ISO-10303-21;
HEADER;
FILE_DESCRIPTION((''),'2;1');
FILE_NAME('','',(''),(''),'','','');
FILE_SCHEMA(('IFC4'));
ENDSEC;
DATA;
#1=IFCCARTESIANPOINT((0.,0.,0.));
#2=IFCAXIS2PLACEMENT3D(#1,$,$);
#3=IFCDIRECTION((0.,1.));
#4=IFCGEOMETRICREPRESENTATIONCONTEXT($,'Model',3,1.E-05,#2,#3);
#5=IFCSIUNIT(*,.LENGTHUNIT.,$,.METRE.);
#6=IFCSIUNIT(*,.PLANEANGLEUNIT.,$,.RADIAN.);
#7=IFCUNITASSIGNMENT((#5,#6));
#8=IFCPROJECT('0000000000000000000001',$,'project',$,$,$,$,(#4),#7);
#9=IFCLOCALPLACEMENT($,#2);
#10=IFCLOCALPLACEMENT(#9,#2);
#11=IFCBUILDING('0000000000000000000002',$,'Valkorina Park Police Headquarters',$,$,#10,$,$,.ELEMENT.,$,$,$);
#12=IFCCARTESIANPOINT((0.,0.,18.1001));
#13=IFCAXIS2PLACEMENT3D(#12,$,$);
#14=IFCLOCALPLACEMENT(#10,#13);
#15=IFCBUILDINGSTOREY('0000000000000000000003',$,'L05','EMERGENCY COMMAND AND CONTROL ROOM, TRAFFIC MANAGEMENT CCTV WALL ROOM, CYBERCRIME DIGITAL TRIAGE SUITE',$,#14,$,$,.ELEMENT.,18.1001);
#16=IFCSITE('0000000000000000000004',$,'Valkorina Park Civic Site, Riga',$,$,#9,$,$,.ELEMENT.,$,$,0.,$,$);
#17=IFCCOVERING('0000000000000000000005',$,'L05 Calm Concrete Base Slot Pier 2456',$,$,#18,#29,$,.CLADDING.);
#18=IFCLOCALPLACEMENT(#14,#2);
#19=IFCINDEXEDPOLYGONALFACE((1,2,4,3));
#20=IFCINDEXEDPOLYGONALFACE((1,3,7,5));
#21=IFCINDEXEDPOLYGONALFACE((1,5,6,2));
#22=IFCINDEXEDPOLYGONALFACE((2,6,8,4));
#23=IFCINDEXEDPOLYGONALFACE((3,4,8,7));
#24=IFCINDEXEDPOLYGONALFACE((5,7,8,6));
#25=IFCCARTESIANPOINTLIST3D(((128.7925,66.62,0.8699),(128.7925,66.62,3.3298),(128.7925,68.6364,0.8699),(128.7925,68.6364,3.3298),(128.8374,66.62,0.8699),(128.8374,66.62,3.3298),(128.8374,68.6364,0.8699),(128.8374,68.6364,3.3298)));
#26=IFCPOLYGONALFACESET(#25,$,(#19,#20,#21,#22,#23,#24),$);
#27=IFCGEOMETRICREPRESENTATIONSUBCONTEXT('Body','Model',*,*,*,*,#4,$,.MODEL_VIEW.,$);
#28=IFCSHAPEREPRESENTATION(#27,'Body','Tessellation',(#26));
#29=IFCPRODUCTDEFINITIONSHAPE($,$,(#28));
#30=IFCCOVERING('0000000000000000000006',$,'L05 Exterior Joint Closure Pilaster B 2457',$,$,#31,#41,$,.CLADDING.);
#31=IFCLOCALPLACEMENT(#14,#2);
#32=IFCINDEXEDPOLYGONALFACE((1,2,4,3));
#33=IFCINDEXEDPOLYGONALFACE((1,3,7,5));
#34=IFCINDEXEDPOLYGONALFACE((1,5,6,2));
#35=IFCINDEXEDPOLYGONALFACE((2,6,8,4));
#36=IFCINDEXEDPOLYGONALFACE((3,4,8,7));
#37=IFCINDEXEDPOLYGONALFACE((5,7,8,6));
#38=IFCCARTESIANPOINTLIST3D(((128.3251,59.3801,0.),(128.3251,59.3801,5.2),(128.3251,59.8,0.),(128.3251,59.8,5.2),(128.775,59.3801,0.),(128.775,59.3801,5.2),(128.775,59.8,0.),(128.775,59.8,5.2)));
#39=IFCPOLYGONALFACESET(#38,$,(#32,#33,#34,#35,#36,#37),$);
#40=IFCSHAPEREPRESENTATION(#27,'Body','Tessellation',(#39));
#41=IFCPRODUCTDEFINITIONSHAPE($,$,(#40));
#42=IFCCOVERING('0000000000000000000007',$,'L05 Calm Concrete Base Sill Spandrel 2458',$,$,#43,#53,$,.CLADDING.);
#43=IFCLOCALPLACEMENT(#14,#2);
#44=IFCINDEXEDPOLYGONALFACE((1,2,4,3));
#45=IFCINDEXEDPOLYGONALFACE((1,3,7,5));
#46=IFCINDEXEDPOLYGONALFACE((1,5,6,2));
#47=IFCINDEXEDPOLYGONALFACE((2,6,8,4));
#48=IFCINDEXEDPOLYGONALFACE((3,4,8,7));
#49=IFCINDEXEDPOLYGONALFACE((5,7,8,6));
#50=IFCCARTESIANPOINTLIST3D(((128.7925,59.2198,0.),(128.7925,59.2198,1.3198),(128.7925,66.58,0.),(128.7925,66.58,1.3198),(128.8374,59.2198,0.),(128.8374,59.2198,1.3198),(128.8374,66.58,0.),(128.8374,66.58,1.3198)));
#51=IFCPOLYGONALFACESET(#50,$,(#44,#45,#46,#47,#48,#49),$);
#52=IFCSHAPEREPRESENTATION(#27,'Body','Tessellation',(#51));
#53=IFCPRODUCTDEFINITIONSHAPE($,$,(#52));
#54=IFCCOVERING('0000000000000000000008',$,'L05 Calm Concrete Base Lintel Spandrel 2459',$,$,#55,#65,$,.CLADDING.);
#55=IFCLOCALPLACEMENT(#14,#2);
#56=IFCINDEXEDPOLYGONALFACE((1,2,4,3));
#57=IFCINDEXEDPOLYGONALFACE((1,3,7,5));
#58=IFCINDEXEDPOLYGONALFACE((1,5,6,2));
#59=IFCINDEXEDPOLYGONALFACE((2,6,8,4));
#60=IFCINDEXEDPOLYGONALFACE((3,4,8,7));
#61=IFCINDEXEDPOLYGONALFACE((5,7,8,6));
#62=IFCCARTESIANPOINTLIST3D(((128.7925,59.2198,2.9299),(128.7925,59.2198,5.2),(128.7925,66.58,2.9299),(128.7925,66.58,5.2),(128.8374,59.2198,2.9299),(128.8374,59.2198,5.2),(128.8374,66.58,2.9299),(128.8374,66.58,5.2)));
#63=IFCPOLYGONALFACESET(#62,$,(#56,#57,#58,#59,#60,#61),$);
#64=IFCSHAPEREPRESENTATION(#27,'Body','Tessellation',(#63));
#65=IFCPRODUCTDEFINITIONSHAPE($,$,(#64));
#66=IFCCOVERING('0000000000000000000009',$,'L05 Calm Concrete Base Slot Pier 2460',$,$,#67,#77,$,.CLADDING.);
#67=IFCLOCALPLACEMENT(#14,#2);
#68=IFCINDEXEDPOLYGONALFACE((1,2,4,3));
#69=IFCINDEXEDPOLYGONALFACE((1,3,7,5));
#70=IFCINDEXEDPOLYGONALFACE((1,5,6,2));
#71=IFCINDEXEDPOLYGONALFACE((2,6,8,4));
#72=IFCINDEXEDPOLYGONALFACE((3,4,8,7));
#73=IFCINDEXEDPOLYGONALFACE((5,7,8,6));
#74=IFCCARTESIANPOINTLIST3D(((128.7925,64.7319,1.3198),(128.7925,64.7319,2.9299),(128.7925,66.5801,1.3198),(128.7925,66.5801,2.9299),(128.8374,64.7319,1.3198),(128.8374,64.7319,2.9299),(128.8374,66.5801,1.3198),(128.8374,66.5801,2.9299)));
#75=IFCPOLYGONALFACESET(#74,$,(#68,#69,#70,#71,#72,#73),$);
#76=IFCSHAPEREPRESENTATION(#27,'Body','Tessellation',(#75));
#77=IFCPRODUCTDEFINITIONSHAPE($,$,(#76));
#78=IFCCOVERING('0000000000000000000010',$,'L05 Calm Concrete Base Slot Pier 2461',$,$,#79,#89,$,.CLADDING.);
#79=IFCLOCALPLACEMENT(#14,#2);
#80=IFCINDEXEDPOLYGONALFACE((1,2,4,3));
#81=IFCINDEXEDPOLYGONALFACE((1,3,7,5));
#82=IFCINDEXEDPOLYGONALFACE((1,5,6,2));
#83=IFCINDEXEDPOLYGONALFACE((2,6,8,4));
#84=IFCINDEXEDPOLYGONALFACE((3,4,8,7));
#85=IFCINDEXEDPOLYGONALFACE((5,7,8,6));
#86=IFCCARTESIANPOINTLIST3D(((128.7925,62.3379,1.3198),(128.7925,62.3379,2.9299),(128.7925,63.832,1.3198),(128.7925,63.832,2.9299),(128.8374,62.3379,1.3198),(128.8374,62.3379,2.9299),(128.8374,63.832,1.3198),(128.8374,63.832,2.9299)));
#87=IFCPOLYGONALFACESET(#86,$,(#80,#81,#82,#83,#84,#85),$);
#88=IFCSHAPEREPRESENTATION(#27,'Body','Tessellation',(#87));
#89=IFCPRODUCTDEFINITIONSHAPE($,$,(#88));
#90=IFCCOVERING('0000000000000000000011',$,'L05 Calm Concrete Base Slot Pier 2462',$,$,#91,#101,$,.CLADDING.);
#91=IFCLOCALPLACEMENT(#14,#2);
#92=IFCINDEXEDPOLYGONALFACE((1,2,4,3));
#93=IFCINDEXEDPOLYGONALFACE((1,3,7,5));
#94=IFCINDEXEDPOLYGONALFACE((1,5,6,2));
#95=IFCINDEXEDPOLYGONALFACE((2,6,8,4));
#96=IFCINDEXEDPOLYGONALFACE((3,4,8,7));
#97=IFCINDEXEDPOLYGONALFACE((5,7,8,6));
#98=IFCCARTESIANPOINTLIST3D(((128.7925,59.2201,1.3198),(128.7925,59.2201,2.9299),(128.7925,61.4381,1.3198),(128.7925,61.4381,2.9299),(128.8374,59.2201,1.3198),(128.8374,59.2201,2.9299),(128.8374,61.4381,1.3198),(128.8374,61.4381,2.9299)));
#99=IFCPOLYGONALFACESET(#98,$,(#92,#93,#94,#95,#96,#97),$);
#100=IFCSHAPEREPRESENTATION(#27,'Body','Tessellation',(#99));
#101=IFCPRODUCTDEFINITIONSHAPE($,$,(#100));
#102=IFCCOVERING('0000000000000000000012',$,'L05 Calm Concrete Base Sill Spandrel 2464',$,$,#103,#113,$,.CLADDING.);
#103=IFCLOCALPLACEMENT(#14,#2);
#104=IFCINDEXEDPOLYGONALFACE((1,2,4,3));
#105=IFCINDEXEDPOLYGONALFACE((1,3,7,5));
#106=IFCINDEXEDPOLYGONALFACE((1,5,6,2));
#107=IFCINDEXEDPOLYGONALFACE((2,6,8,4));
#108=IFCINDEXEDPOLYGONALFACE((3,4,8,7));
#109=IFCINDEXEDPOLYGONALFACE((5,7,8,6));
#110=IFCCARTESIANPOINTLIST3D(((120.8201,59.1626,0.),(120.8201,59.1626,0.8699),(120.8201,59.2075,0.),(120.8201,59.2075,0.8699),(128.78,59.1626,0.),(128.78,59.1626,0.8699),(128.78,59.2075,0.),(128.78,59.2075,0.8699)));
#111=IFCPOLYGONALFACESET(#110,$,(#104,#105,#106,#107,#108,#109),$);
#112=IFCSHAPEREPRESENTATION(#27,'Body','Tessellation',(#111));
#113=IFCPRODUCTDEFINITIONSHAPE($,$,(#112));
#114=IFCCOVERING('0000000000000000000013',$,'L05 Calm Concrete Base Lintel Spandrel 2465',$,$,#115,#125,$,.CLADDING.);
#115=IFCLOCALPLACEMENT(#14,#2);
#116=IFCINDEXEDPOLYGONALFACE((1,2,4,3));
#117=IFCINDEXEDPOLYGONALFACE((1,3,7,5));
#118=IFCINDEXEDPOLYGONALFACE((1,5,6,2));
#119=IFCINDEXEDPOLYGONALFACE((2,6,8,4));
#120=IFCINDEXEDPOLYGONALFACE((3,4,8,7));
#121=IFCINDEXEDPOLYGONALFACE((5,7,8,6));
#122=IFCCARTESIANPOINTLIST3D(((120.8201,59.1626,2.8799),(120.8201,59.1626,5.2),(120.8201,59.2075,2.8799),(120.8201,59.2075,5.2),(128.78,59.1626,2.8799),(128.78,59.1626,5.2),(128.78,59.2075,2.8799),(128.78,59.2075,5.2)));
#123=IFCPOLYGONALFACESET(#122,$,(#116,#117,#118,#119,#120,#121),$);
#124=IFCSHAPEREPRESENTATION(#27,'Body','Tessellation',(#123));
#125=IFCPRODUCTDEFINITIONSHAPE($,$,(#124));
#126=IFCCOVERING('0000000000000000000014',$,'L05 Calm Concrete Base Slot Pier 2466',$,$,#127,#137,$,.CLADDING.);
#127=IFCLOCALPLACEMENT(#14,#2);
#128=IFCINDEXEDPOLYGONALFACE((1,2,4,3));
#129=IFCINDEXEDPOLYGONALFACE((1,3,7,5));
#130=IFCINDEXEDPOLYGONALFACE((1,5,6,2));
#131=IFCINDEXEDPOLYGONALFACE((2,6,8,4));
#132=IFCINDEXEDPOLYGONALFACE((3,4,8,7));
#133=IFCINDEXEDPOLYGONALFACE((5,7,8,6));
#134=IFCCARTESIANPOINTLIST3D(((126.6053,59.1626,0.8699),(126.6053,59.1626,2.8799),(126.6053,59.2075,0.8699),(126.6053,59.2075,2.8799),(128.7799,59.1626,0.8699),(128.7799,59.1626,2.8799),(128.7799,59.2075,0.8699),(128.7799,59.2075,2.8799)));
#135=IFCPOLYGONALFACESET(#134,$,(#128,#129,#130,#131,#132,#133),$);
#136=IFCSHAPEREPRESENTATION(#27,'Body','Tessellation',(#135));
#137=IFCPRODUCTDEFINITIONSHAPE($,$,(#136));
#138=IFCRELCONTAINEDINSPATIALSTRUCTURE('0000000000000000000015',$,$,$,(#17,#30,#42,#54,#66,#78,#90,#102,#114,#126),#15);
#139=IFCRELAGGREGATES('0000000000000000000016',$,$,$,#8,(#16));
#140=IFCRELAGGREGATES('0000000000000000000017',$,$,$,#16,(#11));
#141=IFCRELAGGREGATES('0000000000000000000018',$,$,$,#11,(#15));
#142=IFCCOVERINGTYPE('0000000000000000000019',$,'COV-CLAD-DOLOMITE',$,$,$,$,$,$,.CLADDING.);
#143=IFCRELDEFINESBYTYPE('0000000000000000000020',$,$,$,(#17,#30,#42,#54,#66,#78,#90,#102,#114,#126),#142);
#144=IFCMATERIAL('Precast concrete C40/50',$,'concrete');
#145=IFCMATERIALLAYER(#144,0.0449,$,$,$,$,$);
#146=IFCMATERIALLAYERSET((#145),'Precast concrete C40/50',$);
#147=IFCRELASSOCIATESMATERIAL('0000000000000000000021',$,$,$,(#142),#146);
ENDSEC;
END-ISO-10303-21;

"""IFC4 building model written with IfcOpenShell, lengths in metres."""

from ifc_helpers import new_model, si_unit, direction, frame, frame_2d, origin, origin_2d, place, context, subcontext, project, spatial, rectangle, extrude, material, layer, layer_set, type_object, element, save


model = new_model("IFC4")

# Units and contexts
model_context = context("Model", 3, precision=1e-05, world=origin(), true_north=direction((0.0, 1.0)))
body_context = subcontext(model_context, "Body", "Model", "MODEL_VIEW")
ifc_project = project(units=[si_unit("LENGTHUNIT", "METRE"), si_unit("PLANEANGLEUNIT", "RADIAN")], contexts=[model_context])

# Site, building, storey
site_placement = place(None, origin())
site = spatial("IfcSite", under=ifc_project, at=site_placement, Name="Valkorina Park Civic Site, Riga", CompositionType="ELEMENT", RefElevation=0.0)
building_placement = place(site_placement, origin())
building = spatial("IfcBuilding", under=site, at=building_placement, Name="Valkorina Park Police Headquarters", CompositionType="ELEMENT")
storey_placement = place(building_placement, frame((0.0, 0.0, 18.1001)))
storey = spatial("IfcBuildingStorey", under=building, at=storey_placement, Name="L05", Description="EMERGENCY COMMAND AND CONTROL ROOM, TRAFFIC MANAGEMENT CCTV WALL ROOM, CYBERCRIME DIGITAL TRIAGE SUITE", CompositionType="ELEMENT", Elevation=18.1001)

# Shared definitions
ifc_material_1 = material(Name="Precast concrete C40/50", Category="concrete")

# Coverings
ifc_layer_1 = layer(ifc_material_1, 0.0449)
ifc_layer_set_1 = layer_set([ifc_layer_1], Name="Precast concrete C40/50")
covering_type = type_object("IfcCoveringType", Name="COV-CLAD-DOLOMITE", PredefinedType="CLADDING", material=ifc_layer_set_1)
covering_1_placement = place(storey_placement, frame((128.8149, 68.6365, 0.8699), z_axis=(0.0, 0.0, 1.0), x_axis=(0.0, -1.0, 0.0)))
element("IfcCovering", 1, at=covering_1_placement, inside=storey, type_object=covering_type, Name="L05 Calm Concrete Base Slot Pier 2456", PredefinedType="CLADDING", context=body_context, shape_type="SweptSolid", body=[
    extrude(rectangle(XDim=2.0164, YDim=0.0449, at=frame_2d((1.0083, 0.0))), origin(), (0.0, 0.0, 1.0), 2.46),
])
covering_2_placement = place(storey_placement, frame((128.55, 59.5901, 0.0), z_axis=(0.0, 0.0, 1.0), x_axis=(0.0, 1.0, 0.0)))
element("IfcCovering", 2, at=covering_2_placement, inside=storey, type_object=covering_type, Name="L05 Exterior Joint Closure Pilaster B 2457", PredefinedType="CLADDING", context=body_context, shape_type="SweptSolid", body=[
    extrude(rectangle(XDim=0.4199, YDim=0.45, at=origin_2d()), origin(), (0.0, 0.0, 1.0), 5.2),
])
covering_3_placement = place(storey_placement, frame((128.8149, 66.5801, 0.0), z_axis=(0.0, 0.0, 1.0), x_axis=(0.0, -1.0, 0.0)))
element("IfcCovering", 3, at=covering_3_placement, inside=storey, type_object=covering_type, Name="L05 Calm Concrete Base Sill Spandrel 2458", PredefinedType="CLADDING", context=body_context, shape_type="SweptSolid", body=[
    extrude(rectangle(XDim=7.3601, YDim=0.0449, at=frame_2d((3.6802, 0.0))), origin(), (0.0, 0.0, 1.0), 1.3198),
])
covering_4_placement = place(storey_placement, frame((128.8149, 66.5801, 2.9299), z_axis=(0.0, 0.0, 1.0), x_axis=(0.0, -1.0, 0.0)))
element("IfcCovering", 4, at=covering_4_placement, inside=storey, type_object=covering_type, Name="L05 Calm Concrete Base Lintel Spandrel 2459", PredefinedType="CLADDING", context=body_context, shape_type="SweptSolid", body=[
    extrude(rectangle(XDim=7.3601, YDim=0.0449, at=frame_2d((3.6802, 0.0))), origin(), (0.0, 0.0, 1.0), 2.27),
])
covering_5_placement = place(storey_placement, frame((128.8149, 66.5801, 1.3198), z_axis=(0.0, 0.0, 1.0), x_axis=(0.0, -1.0, 0.0)))
element("IfcCovering", 5, at=covering_5_placement, inside=storey, type_object=covering_type, Name="L05 Calm Concrete Base Slot Pier 2460", PredefinedType="CLADDING", context=body_context, shape_type="SweptSolid", body=[
    extrude(rectangle(XDim=1.8481, YDim=0.0449, at=frame_2d((0.9241, 0.0))), origin(), (0.0, 0.0, 1.0), 1.6101),
])
covering_6_placement = place(storey_placement, frame((128.8149, 63.832, 1.3198), z_axis=(0.0, 0.0, 1.0), x_axis=(0.0, -1.0, 0.0)))
element("IfcCovering", 6, at=covering_6_placement, inside=storey, type_object=covering_type, Name="L05 Calm Concrete Base Slot Pier 2461", PredefinedType="CLADDING", context=body_context, shape_type="SweptSolid", body=[
    extrude(rectangle(XDim=1.4941, YDim=0.0449, at=frame_2d((0.7471, 0.0))), origin(), (0.0, 0.0, 1.0), 1.6101),
])
covering_7_placement = place(storey_placement, frame((128.8149, 61.438, 1.3198), z_axis=(0.0, 0.0, 1.0), x_axis=(0.0, -1.0, 0.0)))
element("IfcCovering", 7, at=covering_7_placement, inside=storey, type_object=covering_type, Name="L05 Calm Concrete Base Slot Pier 2462", PredefinedType="CLADDING", context=body_context, shape_type="SweptSolid", body=[
    extrude(rectangle(XDim=2.218, YDim=0.0449, at=frame_2d((1.1089, 0.0))), origin(), (0.0, 0.0, 1.0), 1.6101),
])
covering_8_placement = place(storey_placement, frame((128.78, 59.1851, 0.0), z_axis=(0.0, 0.0, 1.0), x_axis=(-1.0, 0.0, 0.0)))
element("IfcCovering", 8, at=covering_8_placement, inside=storey, type_object=covering_type, Name="L05 Calm Concrete Base Sill Spandrel 2464", PredefinedType="CLADDING", context=body_context, shape_type="SweptSolid", body=[
    extrude(rectangle(XDim=7.96, YDim=0.0449, at=frame_2d((3.98, 0.0))), origin(), (0.0, 0.0, 1.0), 0.8699),
])
covering_9_placement = place(storey_placement, frame((128.78, 59.1851, 2.8799), z_axis=(0.0, 0.0, 1.0), x_axis=(-1.0, 0.0, 0.0)))
element("IfcCovering", 9, at=covering_9_placement, inside=storey, type_object=covering_type, Name="L05 Calm Concrete Base Lintel Spandrel 2465", PredefinedType="CLADDING", context=body_context, shape_type="SweptSolid", body=[
    extrude(rectangle(XDim=7.96, YDim=0.0449, at=frame_2d((3.98, 0.0))), origin(), (0.0, 0.0, 1.0), 2.3201),
])
covering_10_placement = place(storey_placement, frame((128.78, 59.1851, 0.8699), z_axis=(0.0, 0.0, 1.0), x_axis=(-1.0, 0.0, 0.0)))
element("IfcCovering", 10, at=covering_10_placement, inside=storey, type_object=covering_type, Name="L05 Calm Concrete Base Slot Pier 2466", PredefinedType="CLADDING", context=body_context, shape_type="SweptSolid", body=[
    extrude(rectangle(XDim=2.1746, YDim=0.0449, at=frame_2d((1.0874, 0.0))), origin(), (0.0, 0.0, 1.0), 2.01),
])

save(model, "model.ifc")
